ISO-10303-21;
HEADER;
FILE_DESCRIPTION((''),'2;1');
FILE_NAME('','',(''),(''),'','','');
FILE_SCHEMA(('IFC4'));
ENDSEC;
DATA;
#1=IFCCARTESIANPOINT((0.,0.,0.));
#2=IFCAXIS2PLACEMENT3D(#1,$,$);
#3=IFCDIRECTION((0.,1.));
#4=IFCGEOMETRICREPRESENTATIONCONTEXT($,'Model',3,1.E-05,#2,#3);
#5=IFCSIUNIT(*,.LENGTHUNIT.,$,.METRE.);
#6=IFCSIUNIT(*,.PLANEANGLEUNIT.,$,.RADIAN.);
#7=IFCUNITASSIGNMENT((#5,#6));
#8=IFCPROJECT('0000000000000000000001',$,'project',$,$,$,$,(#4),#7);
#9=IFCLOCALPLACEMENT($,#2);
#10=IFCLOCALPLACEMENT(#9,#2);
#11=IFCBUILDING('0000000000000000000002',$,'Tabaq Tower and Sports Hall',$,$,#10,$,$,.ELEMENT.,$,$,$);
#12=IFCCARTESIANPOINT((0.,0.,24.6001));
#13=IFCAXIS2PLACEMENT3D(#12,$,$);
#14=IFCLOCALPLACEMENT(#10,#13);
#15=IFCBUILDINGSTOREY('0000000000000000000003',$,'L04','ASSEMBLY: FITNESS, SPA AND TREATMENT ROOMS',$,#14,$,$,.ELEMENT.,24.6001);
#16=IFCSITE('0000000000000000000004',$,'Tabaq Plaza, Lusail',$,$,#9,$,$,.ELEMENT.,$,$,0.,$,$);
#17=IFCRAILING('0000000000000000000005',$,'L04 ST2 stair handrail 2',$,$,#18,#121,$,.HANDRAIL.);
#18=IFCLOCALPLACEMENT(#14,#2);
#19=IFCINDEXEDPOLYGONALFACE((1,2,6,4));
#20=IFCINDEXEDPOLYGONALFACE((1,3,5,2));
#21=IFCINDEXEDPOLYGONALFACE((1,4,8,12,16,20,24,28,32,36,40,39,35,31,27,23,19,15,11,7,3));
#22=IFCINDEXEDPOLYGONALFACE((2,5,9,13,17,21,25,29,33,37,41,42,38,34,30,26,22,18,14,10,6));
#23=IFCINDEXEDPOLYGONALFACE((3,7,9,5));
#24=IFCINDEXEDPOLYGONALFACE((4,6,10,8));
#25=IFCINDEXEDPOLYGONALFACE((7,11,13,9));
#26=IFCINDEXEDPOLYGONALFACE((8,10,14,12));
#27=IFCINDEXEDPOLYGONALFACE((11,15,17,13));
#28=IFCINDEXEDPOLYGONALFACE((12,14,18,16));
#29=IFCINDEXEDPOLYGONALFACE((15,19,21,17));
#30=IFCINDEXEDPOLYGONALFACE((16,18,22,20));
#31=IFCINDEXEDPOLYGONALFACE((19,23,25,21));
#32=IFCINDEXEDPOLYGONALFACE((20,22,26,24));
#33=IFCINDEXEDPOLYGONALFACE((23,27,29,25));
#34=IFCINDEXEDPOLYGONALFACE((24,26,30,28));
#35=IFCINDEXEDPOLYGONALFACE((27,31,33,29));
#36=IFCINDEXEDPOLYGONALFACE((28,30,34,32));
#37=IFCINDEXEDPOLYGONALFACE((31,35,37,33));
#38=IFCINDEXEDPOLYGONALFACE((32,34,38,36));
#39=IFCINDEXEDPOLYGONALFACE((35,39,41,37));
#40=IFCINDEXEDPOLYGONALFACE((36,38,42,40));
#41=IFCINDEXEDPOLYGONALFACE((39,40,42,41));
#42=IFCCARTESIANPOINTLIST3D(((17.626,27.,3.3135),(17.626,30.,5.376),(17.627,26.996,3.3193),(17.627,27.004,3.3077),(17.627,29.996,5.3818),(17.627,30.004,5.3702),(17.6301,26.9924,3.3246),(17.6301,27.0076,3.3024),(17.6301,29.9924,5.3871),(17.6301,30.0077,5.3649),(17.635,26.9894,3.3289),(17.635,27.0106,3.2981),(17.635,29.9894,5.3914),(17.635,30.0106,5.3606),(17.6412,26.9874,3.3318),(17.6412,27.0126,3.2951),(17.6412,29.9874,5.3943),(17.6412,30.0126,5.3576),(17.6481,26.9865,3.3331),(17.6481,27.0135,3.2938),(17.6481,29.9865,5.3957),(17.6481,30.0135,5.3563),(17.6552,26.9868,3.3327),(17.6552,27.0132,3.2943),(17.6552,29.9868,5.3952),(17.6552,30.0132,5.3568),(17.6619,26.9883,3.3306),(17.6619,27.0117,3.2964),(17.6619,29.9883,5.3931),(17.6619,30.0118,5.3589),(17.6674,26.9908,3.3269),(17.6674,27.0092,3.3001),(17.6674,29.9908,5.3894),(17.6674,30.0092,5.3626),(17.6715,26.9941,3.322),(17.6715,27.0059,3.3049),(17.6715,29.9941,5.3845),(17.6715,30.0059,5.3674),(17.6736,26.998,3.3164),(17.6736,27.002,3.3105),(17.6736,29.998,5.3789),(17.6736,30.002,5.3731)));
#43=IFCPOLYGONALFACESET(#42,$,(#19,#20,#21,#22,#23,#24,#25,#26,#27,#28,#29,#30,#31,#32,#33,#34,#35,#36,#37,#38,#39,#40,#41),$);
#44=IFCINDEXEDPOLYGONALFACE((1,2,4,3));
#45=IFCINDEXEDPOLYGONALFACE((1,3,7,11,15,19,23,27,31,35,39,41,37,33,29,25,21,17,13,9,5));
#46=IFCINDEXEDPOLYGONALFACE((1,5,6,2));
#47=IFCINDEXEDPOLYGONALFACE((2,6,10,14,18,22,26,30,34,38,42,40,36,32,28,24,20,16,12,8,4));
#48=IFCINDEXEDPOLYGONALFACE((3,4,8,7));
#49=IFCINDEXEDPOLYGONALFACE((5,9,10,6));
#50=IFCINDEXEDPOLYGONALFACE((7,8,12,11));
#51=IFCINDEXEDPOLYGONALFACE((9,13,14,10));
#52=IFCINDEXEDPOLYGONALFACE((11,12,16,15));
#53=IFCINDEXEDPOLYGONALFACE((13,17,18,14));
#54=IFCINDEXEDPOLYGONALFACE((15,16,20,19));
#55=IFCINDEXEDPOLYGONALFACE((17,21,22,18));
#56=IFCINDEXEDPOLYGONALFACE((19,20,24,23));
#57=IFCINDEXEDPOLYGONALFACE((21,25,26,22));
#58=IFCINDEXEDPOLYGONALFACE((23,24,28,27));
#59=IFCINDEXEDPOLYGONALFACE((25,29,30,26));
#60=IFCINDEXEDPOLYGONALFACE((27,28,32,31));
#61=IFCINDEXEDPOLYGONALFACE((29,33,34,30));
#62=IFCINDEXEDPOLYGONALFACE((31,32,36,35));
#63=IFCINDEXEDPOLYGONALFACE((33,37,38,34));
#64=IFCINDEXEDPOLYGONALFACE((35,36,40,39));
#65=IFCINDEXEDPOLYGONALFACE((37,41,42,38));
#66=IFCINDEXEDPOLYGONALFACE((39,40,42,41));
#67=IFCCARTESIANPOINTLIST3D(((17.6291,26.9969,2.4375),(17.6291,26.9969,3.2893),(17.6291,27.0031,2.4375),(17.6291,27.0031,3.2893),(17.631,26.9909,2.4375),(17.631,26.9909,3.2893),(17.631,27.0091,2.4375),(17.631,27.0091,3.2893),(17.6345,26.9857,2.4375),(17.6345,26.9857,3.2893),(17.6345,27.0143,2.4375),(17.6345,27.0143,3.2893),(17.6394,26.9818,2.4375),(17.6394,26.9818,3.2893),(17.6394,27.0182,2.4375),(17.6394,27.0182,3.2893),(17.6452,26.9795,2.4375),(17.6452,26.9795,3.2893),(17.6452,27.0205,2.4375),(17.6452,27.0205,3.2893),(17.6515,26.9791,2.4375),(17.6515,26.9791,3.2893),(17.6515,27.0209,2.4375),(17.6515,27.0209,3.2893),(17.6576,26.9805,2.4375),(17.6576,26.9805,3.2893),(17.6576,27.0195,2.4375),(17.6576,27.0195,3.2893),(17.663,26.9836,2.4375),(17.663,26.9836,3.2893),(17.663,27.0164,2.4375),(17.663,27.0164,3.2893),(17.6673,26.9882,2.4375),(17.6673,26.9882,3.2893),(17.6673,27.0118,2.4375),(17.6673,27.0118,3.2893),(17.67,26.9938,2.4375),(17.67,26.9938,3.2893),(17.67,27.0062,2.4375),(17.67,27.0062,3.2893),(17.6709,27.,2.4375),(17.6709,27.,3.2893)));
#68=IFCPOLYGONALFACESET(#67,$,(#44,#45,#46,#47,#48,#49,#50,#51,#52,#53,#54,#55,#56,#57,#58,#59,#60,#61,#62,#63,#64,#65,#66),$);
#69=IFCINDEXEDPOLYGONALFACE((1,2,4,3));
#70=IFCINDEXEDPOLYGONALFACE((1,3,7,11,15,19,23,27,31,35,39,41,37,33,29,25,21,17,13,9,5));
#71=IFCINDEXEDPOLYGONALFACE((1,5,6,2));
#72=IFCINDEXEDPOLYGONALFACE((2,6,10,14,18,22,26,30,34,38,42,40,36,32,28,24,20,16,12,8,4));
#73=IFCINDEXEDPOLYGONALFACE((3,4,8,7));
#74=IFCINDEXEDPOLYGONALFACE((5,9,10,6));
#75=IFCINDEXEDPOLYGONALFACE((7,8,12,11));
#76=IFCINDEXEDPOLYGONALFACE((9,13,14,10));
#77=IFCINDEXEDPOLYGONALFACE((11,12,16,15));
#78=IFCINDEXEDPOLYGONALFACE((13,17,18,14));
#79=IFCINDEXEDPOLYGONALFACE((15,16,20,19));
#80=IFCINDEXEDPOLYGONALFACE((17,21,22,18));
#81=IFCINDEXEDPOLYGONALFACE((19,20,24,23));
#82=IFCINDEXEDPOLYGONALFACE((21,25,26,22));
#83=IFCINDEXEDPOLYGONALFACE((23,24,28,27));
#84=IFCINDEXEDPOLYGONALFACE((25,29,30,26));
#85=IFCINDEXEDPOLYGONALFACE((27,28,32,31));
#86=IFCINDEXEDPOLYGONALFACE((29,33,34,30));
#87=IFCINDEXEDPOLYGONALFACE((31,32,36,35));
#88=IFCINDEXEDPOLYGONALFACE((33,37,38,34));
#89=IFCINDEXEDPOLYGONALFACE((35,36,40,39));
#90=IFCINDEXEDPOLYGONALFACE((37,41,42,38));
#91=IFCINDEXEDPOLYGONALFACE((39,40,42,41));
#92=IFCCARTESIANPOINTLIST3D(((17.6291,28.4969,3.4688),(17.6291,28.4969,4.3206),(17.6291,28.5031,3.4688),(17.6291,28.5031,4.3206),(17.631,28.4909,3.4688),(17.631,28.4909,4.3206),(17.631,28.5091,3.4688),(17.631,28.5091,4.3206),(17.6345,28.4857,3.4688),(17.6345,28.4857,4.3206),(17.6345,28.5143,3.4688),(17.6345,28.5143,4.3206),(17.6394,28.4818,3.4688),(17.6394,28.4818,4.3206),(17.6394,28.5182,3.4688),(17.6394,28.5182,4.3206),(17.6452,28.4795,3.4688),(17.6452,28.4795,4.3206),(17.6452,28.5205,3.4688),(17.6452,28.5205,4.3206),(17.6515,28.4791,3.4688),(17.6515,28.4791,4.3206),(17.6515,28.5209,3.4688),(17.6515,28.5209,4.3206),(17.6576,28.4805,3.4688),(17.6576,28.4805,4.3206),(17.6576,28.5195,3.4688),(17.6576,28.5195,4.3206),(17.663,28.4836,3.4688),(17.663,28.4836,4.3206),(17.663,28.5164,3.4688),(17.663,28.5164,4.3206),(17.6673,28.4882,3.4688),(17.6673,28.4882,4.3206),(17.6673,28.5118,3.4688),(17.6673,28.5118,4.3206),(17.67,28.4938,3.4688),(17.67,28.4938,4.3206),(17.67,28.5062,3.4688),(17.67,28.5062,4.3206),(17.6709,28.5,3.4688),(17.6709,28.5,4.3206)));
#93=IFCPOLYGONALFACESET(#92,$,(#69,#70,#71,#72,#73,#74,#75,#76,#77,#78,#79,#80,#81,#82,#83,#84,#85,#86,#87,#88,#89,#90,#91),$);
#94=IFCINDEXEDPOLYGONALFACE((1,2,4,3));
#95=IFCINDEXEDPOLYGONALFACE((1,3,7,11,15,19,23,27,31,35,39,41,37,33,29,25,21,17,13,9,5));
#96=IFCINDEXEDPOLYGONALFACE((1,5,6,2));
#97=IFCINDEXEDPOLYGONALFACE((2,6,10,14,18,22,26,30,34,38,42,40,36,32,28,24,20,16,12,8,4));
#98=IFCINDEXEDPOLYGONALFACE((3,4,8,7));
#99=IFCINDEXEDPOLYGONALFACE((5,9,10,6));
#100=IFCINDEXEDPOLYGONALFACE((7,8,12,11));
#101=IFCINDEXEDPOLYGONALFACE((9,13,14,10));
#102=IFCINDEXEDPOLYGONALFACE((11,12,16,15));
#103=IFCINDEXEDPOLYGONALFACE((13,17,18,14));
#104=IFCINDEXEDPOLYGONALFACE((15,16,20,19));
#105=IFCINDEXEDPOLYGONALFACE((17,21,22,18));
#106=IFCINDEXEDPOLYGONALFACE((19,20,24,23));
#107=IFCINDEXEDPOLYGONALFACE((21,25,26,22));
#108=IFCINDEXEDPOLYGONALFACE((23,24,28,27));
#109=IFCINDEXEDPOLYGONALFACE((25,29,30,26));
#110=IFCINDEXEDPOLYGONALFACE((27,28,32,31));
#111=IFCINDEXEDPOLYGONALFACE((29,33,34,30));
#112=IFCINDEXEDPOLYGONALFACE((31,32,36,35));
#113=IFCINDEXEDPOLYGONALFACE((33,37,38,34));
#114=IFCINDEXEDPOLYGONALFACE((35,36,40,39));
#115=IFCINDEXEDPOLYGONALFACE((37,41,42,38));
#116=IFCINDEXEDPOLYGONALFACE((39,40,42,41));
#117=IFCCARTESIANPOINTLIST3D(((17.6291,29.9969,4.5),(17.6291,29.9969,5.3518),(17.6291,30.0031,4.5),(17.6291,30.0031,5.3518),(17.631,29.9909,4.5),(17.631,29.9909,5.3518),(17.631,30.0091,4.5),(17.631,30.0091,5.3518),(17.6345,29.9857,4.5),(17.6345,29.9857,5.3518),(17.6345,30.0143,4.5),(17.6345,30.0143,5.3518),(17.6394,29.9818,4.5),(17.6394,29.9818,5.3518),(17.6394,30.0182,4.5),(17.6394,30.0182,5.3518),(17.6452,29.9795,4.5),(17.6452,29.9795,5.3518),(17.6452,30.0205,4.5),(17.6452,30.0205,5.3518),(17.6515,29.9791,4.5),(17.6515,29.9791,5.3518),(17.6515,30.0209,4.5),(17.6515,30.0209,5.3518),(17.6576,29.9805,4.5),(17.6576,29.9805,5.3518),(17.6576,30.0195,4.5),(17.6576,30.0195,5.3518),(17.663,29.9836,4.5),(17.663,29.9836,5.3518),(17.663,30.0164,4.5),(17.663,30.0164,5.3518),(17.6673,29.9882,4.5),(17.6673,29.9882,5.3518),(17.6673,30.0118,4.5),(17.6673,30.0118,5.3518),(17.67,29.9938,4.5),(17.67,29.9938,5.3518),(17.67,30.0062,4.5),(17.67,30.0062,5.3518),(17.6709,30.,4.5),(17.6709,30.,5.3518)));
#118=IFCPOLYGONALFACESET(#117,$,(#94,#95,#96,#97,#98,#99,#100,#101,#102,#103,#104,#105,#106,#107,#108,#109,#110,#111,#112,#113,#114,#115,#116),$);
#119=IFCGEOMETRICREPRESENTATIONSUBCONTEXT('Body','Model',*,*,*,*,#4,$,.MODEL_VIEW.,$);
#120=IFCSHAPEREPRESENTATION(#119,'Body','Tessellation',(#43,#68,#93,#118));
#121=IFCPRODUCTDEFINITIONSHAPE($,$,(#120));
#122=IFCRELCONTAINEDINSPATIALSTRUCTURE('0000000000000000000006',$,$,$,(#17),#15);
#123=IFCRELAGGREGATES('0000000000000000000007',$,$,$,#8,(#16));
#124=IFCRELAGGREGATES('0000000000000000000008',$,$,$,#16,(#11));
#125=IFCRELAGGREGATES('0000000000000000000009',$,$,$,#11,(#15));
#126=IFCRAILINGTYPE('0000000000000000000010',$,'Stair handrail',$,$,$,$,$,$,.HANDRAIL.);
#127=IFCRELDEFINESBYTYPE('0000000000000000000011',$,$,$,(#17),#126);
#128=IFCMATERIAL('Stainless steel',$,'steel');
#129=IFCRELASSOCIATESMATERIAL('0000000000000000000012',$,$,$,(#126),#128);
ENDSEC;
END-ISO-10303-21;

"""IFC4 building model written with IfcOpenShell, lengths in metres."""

from ifc_helpers import new_model, si_unit, direction, frame, origin, origin_2d, place, context, subcontext, project, spatial, circle, extrude, material, type_object, element, save


model = new_model("IFC4")

# Units and contexts
model_context = context("Model", 3, precision=1e-05, world=origin(), true_north=direction((0.0, 1.0)))
body_context = subcontext(model_context, "Body", "Model", "MODEL_VIEW")
ifc_project = project(units=[si_unit("LENGTHUNIT", "METRE"), si_unit("PLANEANGLEUNIT", "RADIAN")], contexts=[model_context])

# Site, building, storey
site_placement = place(None, origin())
site = spatial("IfcSite", under=ifc_project, at=site_placement, Name="Tabaq Plaza, Lusail", CompositionType="ELEMENT", RefElevation=0.0)
building_placement = place(site_placement, origin())
building = spatial("IfcBuilding", under=site, at=building_placement, Name="Tabaq Tower and Sports Hall", CompositionType="ELEMENT")
storey_placement = place(building_placement, frame((0.0, 0.0, 24.6001)))
storey = spatial("IfcBuildingStorey", under=building, at=storey_placement, Name="L04", Description="ASSEMBLY: FITNESS, SPA AND TREATMENT ROOMS", CompositionType="ELEMENT", Elevation=24.6001)

# Railing
ifc_material_1 = material(Name="Stainless steel", Category="steel")
railing_type_1 = type_object("IfcRailingType", Name="Stair handrail", PredefinedType="HANDRAIL", material=ifc_material_1)
railing_1_placement = place(storey_placement, frame((17.6499, 27.0, 2.4375)))
element("IfcRailing", 1, at=railing_1_placement, inside=storey, type_object=railing_type_1, Name="L04 ST2 stair handrail 2", PredefinedType="HANDRAIL", context=body_context, shape_type="SweptSolid", body=[
    extrude(circle(Radius=0.0239, at=origin_2d()), frame((0.0, 0.0, 0.876), z_axis=(0.0, 0.824042, 0.566529), x_axis=(-1.0, 0.0, 0.0)), (0.0, 0.0, 1.0), 3.6406),
    extrude(circle(Radius=0.021, at=origin_2d()), origin(), (0.0, 0.0, 1.0), 0.8518),
    extrude(circle(Radius=0.021, at=origin_2d()), frame((0.0, 1.5, 1.0312)), (0.0, 0.0, 1.0), 0.8518),
    extrude(circle(Radius=0.021, at=origin_2d()), frame((0.0, 3.0, 2.0625)), (0.0, 0.0, 1.0), 0.8518),
])

save(model, "model.ifc")
